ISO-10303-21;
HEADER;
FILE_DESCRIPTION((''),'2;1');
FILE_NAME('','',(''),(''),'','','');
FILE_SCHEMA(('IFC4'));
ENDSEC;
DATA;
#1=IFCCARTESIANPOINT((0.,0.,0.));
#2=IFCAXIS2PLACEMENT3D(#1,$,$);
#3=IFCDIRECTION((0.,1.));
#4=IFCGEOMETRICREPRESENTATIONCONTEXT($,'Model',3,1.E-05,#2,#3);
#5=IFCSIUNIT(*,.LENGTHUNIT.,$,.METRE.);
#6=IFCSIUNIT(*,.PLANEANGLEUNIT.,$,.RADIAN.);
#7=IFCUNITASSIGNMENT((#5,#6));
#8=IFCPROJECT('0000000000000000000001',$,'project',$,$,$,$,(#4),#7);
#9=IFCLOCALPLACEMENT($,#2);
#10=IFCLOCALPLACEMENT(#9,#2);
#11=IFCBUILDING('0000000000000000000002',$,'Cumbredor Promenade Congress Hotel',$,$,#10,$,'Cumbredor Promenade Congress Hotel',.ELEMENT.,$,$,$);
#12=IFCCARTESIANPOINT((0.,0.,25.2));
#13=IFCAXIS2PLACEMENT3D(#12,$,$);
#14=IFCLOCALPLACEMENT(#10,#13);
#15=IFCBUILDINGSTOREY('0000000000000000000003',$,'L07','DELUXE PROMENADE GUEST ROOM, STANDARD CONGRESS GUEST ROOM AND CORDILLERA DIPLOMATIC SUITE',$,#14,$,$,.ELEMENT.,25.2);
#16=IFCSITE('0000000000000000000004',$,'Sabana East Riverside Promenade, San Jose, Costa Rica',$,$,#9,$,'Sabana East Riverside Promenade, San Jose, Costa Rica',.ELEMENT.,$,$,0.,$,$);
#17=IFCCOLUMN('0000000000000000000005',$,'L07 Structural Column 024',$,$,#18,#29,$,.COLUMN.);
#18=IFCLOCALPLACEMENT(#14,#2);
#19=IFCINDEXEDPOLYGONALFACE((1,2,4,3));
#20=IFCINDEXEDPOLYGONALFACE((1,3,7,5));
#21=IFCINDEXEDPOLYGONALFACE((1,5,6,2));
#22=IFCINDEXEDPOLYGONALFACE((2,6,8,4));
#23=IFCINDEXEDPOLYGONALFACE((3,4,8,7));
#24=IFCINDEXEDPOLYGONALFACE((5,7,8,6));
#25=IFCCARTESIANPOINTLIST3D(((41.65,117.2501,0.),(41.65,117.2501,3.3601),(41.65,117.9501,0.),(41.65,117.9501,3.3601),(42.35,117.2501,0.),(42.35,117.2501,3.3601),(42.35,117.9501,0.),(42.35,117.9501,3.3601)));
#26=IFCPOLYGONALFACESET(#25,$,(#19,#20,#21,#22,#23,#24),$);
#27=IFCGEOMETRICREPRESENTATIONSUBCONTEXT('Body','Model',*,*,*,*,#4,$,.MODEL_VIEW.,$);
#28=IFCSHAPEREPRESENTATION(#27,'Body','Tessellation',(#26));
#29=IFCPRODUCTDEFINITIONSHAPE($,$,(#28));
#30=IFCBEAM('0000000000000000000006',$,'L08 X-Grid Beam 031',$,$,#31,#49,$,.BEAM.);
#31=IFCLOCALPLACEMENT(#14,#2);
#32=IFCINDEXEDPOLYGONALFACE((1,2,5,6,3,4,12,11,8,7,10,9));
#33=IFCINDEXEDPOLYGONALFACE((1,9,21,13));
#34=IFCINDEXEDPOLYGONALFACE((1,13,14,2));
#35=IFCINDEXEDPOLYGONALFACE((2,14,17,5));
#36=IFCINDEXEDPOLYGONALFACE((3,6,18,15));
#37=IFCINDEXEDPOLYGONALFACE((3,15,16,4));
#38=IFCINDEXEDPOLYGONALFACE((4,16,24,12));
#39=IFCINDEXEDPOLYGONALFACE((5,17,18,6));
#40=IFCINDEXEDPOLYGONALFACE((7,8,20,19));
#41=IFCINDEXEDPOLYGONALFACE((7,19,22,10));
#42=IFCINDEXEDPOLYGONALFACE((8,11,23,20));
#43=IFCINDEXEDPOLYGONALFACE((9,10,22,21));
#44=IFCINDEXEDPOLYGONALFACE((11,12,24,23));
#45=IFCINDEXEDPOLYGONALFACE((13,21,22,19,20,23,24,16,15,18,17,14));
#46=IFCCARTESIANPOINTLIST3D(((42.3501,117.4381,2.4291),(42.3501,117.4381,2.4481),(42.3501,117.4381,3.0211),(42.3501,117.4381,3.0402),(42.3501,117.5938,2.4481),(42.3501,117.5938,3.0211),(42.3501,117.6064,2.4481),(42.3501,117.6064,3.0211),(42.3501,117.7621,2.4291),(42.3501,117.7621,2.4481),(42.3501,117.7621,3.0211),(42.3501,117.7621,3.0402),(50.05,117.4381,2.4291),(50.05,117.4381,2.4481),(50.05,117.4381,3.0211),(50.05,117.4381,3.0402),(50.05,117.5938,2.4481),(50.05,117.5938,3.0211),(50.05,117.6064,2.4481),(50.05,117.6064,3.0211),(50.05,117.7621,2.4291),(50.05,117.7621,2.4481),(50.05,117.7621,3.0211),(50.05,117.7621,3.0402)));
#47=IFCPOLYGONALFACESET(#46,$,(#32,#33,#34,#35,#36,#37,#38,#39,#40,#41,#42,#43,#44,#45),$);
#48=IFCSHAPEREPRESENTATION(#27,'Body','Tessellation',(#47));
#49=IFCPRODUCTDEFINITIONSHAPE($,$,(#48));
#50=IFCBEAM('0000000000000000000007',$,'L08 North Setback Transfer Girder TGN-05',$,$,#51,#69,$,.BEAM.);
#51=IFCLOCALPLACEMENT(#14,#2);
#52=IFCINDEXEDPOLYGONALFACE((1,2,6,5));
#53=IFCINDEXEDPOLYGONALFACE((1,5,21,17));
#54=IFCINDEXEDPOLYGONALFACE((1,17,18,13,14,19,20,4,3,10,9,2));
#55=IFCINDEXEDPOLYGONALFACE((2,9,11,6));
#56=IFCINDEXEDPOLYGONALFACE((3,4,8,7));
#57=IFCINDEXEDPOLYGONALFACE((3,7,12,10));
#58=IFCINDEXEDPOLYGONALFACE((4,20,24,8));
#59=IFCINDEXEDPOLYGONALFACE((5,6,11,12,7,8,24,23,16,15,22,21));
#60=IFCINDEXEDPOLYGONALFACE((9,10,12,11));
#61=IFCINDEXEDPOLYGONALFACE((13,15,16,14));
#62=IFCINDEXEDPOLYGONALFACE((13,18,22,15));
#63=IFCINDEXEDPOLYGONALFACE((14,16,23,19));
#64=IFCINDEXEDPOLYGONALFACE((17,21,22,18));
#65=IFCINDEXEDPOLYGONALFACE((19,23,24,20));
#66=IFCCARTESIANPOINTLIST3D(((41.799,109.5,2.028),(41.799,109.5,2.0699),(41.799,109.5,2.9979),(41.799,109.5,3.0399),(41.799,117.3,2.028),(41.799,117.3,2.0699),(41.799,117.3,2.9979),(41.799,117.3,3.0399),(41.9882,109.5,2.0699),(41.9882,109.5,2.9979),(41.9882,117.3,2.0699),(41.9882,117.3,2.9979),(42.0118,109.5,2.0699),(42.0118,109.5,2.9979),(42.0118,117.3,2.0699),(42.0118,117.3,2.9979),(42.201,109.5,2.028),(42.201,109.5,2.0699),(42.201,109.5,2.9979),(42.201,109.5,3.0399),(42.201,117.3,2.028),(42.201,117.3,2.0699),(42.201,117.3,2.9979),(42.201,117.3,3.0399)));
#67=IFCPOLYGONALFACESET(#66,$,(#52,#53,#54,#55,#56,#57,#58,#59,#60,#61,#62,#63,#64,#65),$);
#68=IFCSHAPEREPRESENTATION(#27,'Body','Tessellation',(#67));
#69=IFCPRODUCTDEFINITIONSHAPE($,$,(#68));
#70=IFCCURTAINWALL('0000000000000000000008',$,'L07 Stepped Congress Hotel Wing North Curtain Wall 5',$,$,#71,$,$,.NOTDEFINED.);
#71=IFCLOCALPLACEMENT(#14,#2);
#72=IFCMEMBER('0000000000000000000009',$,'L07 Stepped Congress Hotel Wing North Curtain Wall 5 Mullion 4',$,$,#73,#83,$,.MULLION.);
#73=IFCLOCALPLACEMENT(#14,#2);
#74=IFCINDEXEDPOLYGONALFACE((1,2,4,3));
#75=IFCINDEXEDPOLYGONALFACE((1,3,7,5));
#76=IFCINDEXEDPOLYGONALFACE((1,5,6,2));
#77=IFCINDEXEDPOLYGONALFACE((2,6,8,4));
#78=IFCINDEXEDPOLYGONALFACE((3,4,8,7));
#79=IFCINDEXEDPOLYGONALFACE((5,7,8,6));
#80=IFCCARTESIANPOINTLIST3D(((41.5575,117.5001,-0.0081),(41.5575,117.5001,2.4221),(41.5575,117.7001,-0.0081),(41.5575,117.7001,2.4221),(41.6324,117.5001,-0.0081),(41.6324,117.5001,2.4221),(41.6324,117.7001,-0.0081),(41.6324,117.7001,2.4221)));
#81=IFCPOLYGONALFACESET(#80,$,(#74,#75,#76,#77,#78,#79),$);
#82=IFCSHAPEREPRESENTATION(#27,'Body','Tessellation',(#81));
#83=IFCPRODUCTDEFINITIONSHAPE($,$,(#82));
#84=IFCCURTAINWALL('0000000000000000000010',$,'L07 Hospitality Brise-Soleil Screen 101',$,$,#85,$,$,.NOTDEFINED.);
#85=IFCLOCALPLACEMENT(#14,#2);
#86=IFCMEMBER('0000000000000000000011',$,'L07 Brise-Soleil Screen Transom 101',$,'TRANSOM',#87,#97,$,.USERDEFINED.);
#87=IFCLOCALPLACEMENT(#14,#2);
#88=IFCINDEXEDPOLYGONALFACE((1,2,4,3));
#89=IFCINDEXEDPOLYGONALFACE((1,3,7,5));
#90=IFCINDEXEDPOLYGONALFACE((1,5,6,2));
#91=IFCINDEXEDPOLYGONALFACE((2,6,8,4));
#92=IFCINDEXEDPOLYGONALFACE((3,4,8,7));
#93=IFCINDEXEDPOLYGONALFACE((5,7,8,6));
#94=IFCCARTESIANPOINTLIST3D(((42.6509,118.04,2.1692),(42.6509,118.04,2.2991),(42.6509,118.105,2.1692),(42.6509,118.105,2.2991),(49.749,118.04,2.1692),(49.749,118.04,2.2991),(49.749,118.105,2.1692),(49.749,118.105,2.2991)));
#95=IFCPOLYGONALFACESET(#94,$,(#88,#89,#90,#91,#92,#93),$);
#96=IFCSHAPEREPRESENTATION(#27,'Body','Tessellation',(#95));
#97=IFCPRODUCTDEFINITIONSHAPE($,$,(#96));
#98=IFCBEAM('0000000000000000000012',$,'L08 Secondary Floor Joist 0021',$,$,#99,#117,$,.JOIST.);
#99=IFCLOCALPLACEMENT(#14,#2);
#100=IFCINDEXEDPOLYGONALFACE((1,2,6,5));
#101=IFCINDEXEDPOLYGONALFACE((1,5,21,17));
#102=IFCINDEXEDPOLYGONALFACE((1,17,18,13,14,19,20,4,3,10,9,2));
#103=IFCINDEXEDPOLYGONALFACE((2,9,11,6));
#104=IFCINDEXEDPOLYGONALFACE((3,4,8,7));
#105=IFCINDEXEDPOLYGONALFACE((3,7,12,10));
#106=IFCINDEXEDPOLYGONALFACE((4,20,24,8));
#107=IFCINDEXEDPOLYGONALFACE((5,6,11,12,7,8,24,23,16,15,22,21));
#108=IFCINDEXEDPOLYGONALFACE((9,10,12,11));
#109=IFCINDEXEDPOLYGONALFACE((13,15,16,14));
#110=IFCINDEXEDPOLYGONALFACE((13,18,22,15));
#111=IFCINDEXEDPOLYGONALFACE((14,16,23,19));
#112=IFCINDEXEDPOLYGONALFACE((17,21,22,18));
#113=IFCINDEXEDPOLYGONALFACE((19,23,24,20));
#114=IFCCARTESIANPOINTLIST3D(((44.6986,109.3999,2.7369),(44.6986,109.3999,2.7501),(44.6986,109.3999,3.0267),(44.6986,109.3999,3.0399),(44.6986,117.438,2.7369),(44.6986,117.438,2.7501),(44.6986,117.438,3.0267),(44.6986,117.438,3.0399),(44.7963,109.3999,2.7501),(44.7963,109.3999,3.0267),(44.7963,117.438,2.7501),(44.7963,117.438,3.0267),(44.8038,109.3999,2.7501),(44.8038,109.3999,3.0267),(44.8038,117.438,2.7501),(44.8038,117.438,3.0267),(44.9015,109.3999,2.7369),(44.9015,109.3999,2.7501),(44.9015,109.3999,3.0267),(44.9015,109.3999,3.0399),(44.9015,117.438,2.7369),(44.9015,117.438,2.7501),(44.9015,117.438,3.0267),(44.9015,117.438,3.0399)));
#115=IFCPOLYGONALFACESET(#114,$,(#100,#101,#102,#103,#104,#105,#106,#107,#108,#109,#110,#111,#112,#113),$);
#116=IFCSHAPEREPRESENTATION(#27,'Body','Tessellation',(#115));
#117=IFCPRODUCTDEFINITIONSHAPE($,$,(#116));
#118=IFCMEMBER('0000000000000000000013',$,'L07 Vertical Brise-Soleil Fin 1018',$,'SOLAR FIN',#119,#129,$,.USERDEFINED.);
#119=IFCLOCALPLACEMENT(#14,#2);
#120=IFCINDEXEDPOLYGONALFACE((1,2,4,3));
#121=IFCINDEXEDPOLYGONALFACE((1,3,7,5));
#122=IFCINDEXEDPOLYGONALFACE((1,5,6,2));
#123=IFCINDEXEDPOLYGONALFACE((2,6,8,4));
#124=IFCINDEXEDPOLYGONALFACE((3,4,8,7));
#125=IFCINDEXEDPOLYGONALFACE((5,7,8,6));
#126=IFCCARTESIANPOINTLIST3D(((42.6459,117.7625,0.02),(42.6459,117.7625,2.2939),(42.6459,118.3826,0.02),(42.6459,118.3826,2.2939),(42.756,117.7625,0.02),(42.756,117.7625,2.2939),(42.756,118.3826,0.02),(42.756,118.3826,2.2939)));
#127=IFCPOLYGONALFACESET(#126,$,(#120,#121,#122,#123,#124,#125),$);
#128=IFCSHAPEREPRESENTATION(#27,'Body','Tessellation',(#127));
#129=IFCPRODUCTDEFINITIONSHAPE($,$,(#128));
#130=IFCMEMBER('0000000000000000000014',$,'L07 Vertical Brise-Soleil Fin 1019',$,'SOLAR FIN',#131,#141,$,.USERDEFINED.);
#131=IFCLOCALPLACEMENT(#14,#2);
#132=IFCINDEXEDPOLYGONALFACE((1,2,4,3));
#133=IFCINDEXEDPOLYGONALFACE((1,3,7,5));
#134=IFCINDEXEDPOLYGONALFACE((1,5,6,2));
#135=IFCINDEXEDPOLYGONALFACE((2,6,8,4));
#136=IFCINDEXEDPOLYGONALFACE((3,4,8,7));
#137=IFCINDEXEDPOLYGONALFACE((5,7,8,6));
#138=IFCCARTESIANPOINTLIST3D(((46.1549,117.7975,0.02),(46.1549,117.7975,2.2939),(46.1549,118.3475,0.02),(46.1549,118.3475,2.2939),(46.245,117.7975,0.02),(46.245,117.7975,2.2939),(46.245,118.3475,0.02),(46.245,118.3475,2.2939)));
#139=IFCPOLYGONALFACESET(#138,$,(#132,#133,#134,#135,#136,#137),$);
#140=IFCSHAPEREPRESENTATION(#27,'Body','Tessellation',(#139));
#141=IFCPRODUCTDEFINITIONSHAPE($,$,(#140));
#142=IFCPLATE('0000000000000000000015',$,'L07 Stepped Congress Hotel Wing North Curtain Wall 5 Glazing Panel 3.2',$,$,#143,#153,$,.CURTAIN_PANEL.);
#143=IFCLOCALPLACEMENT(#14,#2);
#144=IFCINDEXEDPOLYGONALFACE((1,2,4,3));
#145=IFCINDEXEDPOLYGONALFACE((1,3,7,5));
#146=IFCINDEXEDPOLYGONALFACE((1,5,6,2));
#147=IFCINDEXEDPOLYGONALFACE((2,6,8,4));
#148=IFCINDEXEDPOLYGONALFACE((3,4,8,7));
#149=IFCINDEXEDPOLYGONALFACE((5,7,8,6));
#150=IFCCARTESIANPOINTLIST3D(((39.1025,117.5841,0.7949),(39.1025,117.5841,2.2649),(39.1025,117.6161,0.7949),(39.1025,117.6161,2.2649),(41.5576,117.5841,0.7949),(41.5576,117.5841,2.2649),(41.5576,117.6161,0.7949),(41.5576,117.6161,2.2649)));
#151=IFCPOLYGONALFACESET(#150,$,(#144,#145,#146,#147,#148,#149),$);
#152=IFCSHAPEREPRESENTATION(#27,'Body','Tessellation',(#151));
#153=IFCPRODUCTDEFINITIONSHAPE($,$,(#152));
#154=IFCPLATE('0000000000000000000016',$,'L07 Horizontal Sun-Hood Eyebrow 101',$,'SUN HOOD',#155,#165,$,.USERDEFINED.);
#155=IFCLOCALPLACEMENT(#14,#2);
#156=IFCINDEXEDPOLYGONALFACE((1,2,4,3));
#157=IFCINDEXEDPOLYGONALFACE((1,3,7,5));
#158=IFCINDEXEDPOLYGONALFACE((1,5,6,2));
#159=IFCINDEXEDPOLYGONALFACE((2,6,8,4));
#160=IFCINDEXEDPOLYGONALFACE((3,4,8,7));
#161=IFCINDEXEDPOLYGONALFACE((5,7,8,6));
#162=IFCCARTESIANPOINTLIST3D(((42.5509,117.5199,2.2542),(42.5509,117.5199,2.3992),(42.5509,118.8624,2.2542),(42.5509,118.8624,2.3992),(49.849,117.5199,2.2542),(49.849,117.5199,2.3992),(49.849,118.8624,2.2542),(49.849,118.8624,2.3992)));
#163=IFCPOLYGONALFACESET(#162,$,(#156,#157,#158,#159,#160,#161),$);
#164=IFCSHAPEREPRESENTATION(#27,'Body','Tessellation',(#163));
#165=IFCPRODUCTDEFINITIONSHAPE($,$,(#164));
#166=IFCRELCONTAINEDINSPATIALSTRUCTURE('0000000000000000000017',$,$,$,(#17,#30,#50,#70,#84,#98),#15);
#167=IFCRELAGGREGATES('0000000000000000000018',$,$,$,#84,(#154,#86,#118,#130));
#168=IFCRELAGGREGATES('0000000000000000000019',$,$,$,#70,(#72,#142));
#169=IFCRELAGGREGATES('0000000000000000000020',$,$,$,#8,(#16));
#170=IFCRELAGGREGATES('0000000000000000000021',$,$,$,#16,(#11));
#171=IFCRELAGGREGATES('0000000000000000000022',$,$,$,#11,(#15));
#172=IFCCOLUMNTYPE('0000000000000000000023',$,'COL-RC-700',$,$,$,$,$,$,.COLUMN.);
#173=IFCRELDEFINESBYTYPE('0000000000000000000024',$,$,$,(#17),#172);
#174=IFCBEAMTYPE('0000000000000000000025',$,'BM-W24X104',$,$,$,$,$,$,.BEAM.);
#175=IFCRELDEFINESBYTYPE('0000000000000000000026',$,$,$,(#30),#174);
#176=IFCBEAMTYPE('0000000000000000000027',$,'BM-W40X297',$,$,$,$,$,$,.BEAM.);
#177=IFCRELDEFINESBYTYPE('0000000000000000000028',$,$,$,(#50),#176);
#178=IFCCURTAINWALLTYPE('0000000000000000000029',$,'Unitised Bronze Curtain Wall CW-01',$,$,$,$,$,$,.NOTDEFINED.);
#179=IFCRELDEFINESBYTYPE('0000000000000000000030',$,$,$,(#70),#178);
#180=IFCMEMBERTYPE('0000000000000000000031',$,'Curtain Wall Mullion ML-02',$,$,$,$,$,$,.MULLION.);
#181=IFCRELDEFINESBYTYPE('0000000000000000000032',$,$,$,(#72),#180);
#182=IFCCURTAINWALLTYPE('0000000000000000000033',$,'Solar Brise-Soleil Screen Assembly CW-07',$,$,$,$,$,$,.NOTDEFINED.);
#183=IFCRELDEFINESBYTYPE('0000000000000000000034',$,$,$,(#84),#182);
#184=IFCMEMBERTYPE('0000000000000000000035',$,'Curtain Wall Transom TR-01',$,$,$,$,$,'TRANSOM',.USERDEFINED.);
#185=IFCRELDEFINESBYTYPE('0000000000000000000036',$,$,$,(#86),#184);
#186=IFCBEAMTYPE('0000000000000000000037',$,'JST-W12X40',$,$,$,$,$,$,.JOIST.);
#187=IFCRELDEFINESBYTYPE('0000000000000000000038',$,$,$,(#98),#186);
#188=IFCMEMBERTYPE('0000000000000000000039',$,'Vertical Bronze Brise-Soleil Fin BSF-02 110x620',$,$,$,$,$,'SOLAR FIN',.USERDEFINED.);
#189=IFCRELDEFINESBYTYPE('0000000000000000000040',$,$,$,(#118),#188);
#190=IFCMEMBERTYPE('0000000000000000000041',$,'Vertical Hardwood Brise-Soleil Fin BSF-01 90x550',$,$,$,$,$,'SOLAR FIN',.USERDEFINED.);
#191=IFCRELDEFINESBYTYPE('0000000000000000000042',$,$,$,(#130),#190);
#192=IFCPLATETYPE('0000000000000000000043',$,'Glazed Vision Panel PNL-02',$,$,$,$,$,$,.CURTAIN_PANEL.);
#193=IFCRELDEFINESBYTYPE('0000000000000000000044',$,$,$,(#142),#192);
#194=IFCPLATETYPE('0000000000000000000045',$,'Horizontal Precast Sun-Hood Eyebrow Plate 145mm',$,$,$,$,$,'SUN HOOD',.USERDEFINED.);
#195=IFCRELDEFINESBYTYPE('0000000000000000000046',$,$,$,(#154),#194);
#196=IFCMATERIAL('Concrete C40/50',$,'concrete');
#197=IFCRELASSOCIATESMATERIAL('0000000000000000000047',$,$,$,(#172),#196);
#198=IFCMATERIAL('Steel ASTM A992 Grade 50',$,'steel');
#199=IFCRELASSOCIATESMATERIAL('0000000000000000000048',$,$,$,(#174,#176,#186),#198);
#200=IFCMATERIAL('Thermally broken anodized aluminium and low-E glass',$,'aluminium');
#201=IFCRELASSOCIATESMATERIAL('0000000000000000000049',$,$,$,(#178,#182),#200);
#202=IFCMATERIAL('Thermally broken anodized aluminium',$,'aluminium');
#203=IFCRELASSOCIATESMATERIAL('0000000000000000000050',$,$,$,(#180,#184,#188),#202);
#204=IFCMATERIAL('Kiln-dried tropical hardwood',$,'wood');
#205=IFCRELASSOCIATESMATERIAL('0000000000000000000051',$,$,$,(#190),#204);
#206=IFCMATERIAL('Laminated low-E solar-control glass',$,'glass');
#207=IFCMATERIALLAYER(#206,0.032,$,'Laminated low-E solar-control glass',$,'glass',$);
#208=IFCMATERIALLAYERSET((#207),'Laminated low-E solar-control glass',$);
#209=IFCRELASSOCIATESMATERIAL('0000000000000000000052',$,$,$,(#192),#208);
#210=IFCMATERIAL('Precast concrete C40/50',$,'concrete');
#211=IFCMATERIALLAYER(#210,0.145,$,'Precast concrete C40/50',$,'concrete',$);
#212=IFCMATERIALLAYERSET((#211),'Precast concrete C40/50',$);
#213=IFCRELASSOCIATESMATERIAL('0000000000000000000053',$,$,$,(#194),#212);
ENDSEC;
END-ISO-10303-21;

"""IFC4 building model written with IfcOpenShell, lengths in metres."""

from ifc_helpers import new_model, si_unit, direction, frame, origin, origin_2d, place, context, subcontext, project, spatial, rectangle, i_section, extrude, material, layer, layer_set, material_profile, profile_set, type_object, element, aggregate, save


model = new_model("IFC4")

# Units and contexts
model_context = context("Model", 3, precision=1e-05, world=origin(), true_north=direction((0.0, 1.0)))
body_context = subcontext(model_context, "Body", "Model", "MODEL_VIEW")
ifc_project = project(units=[si_unit("LENGTHUNIT", "METRE"), si_unit("PLANEANGLEUNIT", "RADIAN")], contexts=[model_context])

# Site, building, storey
site_placement = place(None, origin())
site = spatial("IfcSite", under=ifc_project, at=site_placement, Name="Sabana East Riverside Promenade, San Jose, Costa Rica", LongName="Sabana East Riverside Promenade, San Jose, Costa Rica", CompositionType="ELEMENT", RefElevation=0.0)
building_placement = place(site_placement, origin())
building = spatial("IfcBuilding", under=site, at=building_placement, Name="Cumbredor Promenade Congress Hotel", LongName="Cumbredor Promenade Congress Hotel", CompositionType="ELEMENT")
storey_placement = place(building_placement, frame((0.0, 0.0, 25.2)))
storey = spatial("IfcBuildingStorey", under=building, at=storey_placement, Name="L07", Description="DELUXE PROMENADE GUEST ROOM, STANDARD CONGRESS GUEST ROOM AND CORDILLERA DIPLOMATIC SUITE", CompositionType="ELEMENT", Elevation=25.2)

# Column
ifc_material_1 = material(Name="Concrete C40/50", Category="concrete")
ifc_material_profile_1 = material_profile(ifc_material_1, rectangle(XDim=0.7, YDim=0.7, at=origin_2d()), Name="RC 700x700")
ifc_profile_set_1 = profile_set([ifc_material_profile_1], Name="Concrete C40/50")
column_type = type_object("IfcColumnType", Name="COL-RC-700", PredefinedType="COLUMN", material=ifc_profile_set_1)
column_placement = place(storey_placement, frame((42.0, 117.6001, 0.0), z_axis=(0.0, 0.0, 1.0), x_axis=(1.0, 0.0, 0.0)))
element("IfcColumn", 1, at=column_placement, inside=storey, type_object=column_type, Name="L07 Structural Column 024", PredefinedType="COLUMN", context=body_context, shape_type="SweptSolid", body=[
    extrude(rectangle(XDim=0.7, YDim=0.7, at=origin_2d()), origin(), (0.0, 0.0, 1.0), 3.3601),
])

# Beams
ifc_material_2 = material(Name="Steel ASTM A992 Grade 50", Category="steel")
ifc_material_profile_2 = material_profile(ifc_material_2, i_section(OverallWidth=0.324, OverallDepth=0.6111, WebThickness=0.0127, FlangeThickness=0.019, at=origin_2d()), Name="W24X104")
ifc_profile_set_2 = profile_set([ifc_material_profile_2], Name="Steel ASTM A992 Grade 50")
beam_type_1 = type_object("IfcBeamType", Name="BM-W24X104", PredefinedType="BEAM", material=ifc_profile_set_2)
beam_1_placement = place(storey_placement, frame((42.3501, 117.6001, 2.7346), z_axis=(1.0, 0.0, 0.0), x_axis=(0.0, 1.0, 0.0)))
element("IfcBeam", 2, at=beam_1_placement, inside=storey, type_object=beam_type_1, Name="L08 X-Grid Beam 031", PredefinedType="BEAM", context=body_context, shape_type="SweptSolid", body=[
    extrude(i_section(OverallWidth=0.324, OverallDepth=0.6111, WebThickness=0.0127, FlangeThickness=0.019, at=origin_2d()), origin(), (0.0, 0.0, 1.0), 7.7),
])
ifc_material_profile_3 = material_profile(ifc_material_2, i_section(OverallWidth=0.4021, OverallDepth=1.012, WebThickness=0.0237, FlangeThickness=0.042, at=origin_2d()), Name="W40X297")
ifc_profile_set_3 = profile_set([ifc_material_profile_3], Name="Steel ASTM A992 Grade 50")
beam_type_2 = type_object("IfcBeamType", Name="BM-W40X297", PredefinedType="BEAM", material=ifc_profile_set_3)
beam_2_placement = place(storey_placement, frame((42.0, 109.5, 2.5339), z_axis=(0.0, 1.0, 0.0), x_axis=(-1.0, 0.0, 0.0)))
element("IfcBeam", 3, at=beam_2_placement, inside=storey, type_object=beam_type_2, Name="L08 North Setback Transfer Girder TGN-05", PredefinedType="BEAM", context=body_context, shape_type="SweptSolid", body=[
    extrude(i_section(OverallWidth=0.4021, OverallDepth=1.012, WebThickness=0.0237, FlangeThickness=0.042, at=origin_2d()), origin(), (0.0, 0.0, 1.0), 7.8),
])

# Curtain walls, members
ifc_material_3 = material(Name="Thermally broken anodized aluminium and low-E glass", Category="aluminium")
curtain_wall_type_1 = type_object("IfcCurtainWallType", Name="Unitised Bronze Curtain Wall CW-01", PredefinedType="NOTDEFINED", material=ifc_material_3)
curtain_wall_1_placement = place(storey_placement, origin())
curtain_wall_1 = element("IfcCurtainWall", 4, at=curtain_wall_1_placement, inside=storey, type_object=curtain_wall_type_1, Name="L07 Stepped Congress Hotel Wing North Curtain Wall 5", PredefinedType="NOTDEFINED")
ifc_material_4 = material(Name="Thermally broken anodized aluminium", Category="aluminium")
ifc_material_profile_4 = material_profile(ifc_material_4, rectangle(XDim=0.075, YDim=0.2, at=origin_2d()), Name="ALU MULLION 75x200")
ifc_profile_set_4 = profile_set([ifc_material_profile_4], Name="Thermally broken anodized aluminium")
member_type_1 = type_object("IfcMemberType", Name="Curtain Wall Mullion ML-02", PredefinedType="MULLION", material=ifc_profile_set_4)
member_1_placement = place(storey_placement, frame((41.595, 117.6001, -0.0081), z_axis=(0.0, 0.0, 1.0), x_axis=(1.0, 0.0, 0.0)))
member_1 = element("IfcMember", 5, at=member_1_placement, type_object=member_type_1, Name="L07 Stepped Congress Hotel Wing North Curtain Wall 5 Mullion 4", PredefinedType="MULLION", context=body_context, shape_type="SweptSolid", body=[
    extrude(rectangle(XDim=0.075, YDim=0.2, at=origin_2d()), origin(), (0.0, 0.0, 1.0), 2.4302),
])
curtain_wall_type_2 = type_object("IfcCurtainWallType", Name="Solar Brise-Soleil Screen Assembly CW-07", PredefinedType="NOTDEFINED", material=ifc_material_3)
curtain_wall_2_placement = place(storey_placement, origin())
curtain_wall_2 = element("IfcCurtainWall", 6, at=curtain_wall_2_placement, inside=storey, type_object=curtain_wall_type_2, Name="L07 Hospitality Brise-Soleil Screen 101", PredefinedType="NOTDEFINED")
ifc_material_profile_5 = material_profile(ifc_material_4, rectangle(XDim=0.0649, YDim=0.1299, at=origin_2d()), Name="ALU TRANSOM 65x130")
ifc_profile_set_5 = profile_set([ifc_material_profile_5], Name="Thermally broken anodized aluminium")
member_type_2 = type_object("IfcMemberType", Name="Curtain Wall Transom TR-01", ElementType="TRANSOM", PredefinedType="USERDEFINED", material=ifc_profile_set_5)
member_2_placement = place(storey_placement, frame((42.6509, 118.0725, 2.2341), z_axis=(1.0, 0.0, 0.0), x_axis=(0.0, 1.0, 0.0)))
member_2 = element("IfcMember", 7, at=member_2_placement, type_object=member_type_2, Name="L07 Brise-Soleil Screen Transom 101", ObjectType="TRANSOM", PredefinedType="USERDEFINED", context=body_context, shape_type="SweptSolid", body=[
    extrude(rectangle(XDim=0.0649, YDim=0.1299, at=origin_2d()), origin(), (0.0, 0.0, 1.0), 7.0981),
])

# Beam
ifc_material_profile_6 = material_profile(ifc_material_2, i_section(OverallWidth=0.2029, OverallDepth=0.303, WebThickness=0.0076, FlangeThickness=0.0132, at=origin_2d()), Name="W12X40")
ifc_profile_set_6 = profile_set([ifc_material_profile_6], Name="Steel ASTM A992 Grade 50")
beam_type_3 = type_object("IfcBeamType", Name="JST-W12X40", PredefinedType="JOIST", material=ifc_profile_set_6)
beam_3_placement = place(storey_placement, frame((44.8, 109.3999, 2.8884), z_axis=(0.0, 1.0, 0.0), x_axis=(-1.0, 0.0, 0.0)))
element("IfcBeam", 8, at=beam_3_placement, inside=storey, type_object=beam_type_3, Name="L08 Secondary Floor Joist 0021", PredefinedType="JOIST", context=body_context, shape_type="SweptSolid", body=[
    extrude(i_section(OverallWidth=0.2029, OverallDepth=0.303, WebThickness=0.0076, FlangeThickness=0.0132, at=origin_2d()), origin(), (0.0, 0.0, 1.0), 8.0381),
])

# Members
ifc_material_profile_7 = material_profile(ifc_material_4, rectangle(XDim=0.1101, YDim=0.6201, at=origin_2d()), Name="ARCH FIN 110x620")
ifc_profile_set_7 = profile_set([ifc_material_profile_7], Name="Thermally broken anodized aluminium")
member_type_3 = type_object("IfcMemberType", Name="Vertical Bronze Brise-Soleil Fin BSF-02 110x620", ElementType="SOLAR FIN", PredefinedType="USERDEFINED", material=ifc_profile_set_7)
member_3_placement = place(storey_placement, frame((42.7009, 118.0725, 0.02), z_axis=(0.0, 0.0, 1.0), x_axis=(1.0, 0.0, 0.0)))
member_3 = element("IfcMember", 9, at=member_3_placement, type_object=member_type_3, Name="L07 Vertical Brise-Soleil Fin 1018", ObjectType="SOLAR FIN", PredefinedType="USERDEFINED", context=body_context, shape_type="SweptSolid", body=[
    extrude(rectangle(XDim=0.1101, YDim=0.6201, at=origin_2d()), origin(), (0.0, 0.0, 1.0), 2.2739),
])
ifc_material_5 = material(Name="Kiln-dried tropical hardwood", Category="wood")
ifc_material_profile_8 = material_profile(ifc_material_5, rectangle(XDim=0.0901, YDim=0.55, at=origin_2d()), Name="ARCH FIN 90x550")
ifc_profile_set_8 = profile_set([ifc_material_profile_8], Name="Kiln-dried tropical hardwood")
member_type_4 = type_object("IfcMemberType", Name="Vertical Hardwood Brise-Soleil Fin BSF-01 90x550", ElementType="SOLAR FIN", PredefinedType="USERDEFINED", material=ifc_profile_set_8)
member_4_placement = place(storey_placement, frame((46.2, 118.0725, 0.02), z_axis=(0.0, 0.0, 1.0), x_axis=(1.0, 0.0, 0.0)))
member_4 = element("IfcMember", 10, at=member_4_placement, type_object=member_type_4, Name="L07 Vertical Brise-Soleil Fin 1019", ObjectType="SOLAR FIN", PredefinedType="USERDEFINED", context=body_context, shape_type="SweptSolid", body=[
    extrude(rectangle(XDim=0.0901, YDim=0.55, at=origin_2d()), origin(), (0.0, 0.0, 1.0), 2.2739),
])

# Plates
ifc_material_6 = material(Name="Laminated low-E solar-control glass", Category="glass")
ifc_layer_1 = layer(ifc_material_6, 0.032, Name="Laminated low-E solar-control glass", Category="glass")
ifc_layer_set_1 = layer_set([ifc_layer_1], Name="Laminated low-E solar-control glass")
plate_type_1 = type_object("IfcPlateType", Name="Glazed Vision Panel PNL-02", PredefinedType="CURTAIN_PANEL", material=ifc_layer_set_1)
plate_1_placement = place(storey_placement, frame((40.3301, 117.6001, 0.7949), z_axis=(0.0, 0.0, 1.0), x_axis=(1.0, 0.0, 0.0)))
plate_1 = element("IfcPlate", 11, at=plate_1_placement, type_object=plate_type_1, Name="L07 Stepped Congress Hotel Wing North Curtain Wall 5 Glazing Panel 3.2", PredefinedType="CURTAIN_PANEL", context=body_context, shape_type="SweptSolid", body=[
    extrude(rectangle(XDim=2.4551, YDim=0.032, at=origin_2d()), origin(), (0.0, 0.0, 1.0), 1.47),
])
ifc_material_7 = material(Name="Precast concrete C40/50", Category="concrete")
ifc_layer_2 = layer(ifc_material_7, 0.145, Name="Precast concrete C40/50", Category="concrete")
ifc_layer_set_2 = layer_set([ifc_layer_2], Name="Precast concrete C40/50")
plate_type_2 = type_object("IfcPlateType", Name="Horizontal Precast Sun-Hood Eyebrow Plate 145mm", ElementType="SUN HOOD", PredefinedType="USERDEFINED", material=ifc_layer_set_2)
plate_2_placement = place(storey_placement, frame((46.2, 118.1912, 2.2542), z_axis=(0.0, 0.0, 1.0), x_axis=(1.0, 0.0, 0.0)))
plate_2 = element("IfcPlate", 12, at=plate_2_placement, type_object=plate_type_2, Name="L07 Horizontal Sun-Hood Eyebrow 101", ObjectType="SUN HOOD", PredefinedType="USERDEFINED", context=body_context, shape_type="SweptSolid", body=[
    extrude(rectangle(XDim=7.2981, YDim=1.3425, at=origin_2d()), origin(), (0.0, 0.0, 1.0), 0.145),
])
aggregate(curtain_wall_2, [plate_2, member_2, member_3, member_4])
aggregate(curtain_wall_1, [member_1, plate_1])

save(model, "model.ifc")
